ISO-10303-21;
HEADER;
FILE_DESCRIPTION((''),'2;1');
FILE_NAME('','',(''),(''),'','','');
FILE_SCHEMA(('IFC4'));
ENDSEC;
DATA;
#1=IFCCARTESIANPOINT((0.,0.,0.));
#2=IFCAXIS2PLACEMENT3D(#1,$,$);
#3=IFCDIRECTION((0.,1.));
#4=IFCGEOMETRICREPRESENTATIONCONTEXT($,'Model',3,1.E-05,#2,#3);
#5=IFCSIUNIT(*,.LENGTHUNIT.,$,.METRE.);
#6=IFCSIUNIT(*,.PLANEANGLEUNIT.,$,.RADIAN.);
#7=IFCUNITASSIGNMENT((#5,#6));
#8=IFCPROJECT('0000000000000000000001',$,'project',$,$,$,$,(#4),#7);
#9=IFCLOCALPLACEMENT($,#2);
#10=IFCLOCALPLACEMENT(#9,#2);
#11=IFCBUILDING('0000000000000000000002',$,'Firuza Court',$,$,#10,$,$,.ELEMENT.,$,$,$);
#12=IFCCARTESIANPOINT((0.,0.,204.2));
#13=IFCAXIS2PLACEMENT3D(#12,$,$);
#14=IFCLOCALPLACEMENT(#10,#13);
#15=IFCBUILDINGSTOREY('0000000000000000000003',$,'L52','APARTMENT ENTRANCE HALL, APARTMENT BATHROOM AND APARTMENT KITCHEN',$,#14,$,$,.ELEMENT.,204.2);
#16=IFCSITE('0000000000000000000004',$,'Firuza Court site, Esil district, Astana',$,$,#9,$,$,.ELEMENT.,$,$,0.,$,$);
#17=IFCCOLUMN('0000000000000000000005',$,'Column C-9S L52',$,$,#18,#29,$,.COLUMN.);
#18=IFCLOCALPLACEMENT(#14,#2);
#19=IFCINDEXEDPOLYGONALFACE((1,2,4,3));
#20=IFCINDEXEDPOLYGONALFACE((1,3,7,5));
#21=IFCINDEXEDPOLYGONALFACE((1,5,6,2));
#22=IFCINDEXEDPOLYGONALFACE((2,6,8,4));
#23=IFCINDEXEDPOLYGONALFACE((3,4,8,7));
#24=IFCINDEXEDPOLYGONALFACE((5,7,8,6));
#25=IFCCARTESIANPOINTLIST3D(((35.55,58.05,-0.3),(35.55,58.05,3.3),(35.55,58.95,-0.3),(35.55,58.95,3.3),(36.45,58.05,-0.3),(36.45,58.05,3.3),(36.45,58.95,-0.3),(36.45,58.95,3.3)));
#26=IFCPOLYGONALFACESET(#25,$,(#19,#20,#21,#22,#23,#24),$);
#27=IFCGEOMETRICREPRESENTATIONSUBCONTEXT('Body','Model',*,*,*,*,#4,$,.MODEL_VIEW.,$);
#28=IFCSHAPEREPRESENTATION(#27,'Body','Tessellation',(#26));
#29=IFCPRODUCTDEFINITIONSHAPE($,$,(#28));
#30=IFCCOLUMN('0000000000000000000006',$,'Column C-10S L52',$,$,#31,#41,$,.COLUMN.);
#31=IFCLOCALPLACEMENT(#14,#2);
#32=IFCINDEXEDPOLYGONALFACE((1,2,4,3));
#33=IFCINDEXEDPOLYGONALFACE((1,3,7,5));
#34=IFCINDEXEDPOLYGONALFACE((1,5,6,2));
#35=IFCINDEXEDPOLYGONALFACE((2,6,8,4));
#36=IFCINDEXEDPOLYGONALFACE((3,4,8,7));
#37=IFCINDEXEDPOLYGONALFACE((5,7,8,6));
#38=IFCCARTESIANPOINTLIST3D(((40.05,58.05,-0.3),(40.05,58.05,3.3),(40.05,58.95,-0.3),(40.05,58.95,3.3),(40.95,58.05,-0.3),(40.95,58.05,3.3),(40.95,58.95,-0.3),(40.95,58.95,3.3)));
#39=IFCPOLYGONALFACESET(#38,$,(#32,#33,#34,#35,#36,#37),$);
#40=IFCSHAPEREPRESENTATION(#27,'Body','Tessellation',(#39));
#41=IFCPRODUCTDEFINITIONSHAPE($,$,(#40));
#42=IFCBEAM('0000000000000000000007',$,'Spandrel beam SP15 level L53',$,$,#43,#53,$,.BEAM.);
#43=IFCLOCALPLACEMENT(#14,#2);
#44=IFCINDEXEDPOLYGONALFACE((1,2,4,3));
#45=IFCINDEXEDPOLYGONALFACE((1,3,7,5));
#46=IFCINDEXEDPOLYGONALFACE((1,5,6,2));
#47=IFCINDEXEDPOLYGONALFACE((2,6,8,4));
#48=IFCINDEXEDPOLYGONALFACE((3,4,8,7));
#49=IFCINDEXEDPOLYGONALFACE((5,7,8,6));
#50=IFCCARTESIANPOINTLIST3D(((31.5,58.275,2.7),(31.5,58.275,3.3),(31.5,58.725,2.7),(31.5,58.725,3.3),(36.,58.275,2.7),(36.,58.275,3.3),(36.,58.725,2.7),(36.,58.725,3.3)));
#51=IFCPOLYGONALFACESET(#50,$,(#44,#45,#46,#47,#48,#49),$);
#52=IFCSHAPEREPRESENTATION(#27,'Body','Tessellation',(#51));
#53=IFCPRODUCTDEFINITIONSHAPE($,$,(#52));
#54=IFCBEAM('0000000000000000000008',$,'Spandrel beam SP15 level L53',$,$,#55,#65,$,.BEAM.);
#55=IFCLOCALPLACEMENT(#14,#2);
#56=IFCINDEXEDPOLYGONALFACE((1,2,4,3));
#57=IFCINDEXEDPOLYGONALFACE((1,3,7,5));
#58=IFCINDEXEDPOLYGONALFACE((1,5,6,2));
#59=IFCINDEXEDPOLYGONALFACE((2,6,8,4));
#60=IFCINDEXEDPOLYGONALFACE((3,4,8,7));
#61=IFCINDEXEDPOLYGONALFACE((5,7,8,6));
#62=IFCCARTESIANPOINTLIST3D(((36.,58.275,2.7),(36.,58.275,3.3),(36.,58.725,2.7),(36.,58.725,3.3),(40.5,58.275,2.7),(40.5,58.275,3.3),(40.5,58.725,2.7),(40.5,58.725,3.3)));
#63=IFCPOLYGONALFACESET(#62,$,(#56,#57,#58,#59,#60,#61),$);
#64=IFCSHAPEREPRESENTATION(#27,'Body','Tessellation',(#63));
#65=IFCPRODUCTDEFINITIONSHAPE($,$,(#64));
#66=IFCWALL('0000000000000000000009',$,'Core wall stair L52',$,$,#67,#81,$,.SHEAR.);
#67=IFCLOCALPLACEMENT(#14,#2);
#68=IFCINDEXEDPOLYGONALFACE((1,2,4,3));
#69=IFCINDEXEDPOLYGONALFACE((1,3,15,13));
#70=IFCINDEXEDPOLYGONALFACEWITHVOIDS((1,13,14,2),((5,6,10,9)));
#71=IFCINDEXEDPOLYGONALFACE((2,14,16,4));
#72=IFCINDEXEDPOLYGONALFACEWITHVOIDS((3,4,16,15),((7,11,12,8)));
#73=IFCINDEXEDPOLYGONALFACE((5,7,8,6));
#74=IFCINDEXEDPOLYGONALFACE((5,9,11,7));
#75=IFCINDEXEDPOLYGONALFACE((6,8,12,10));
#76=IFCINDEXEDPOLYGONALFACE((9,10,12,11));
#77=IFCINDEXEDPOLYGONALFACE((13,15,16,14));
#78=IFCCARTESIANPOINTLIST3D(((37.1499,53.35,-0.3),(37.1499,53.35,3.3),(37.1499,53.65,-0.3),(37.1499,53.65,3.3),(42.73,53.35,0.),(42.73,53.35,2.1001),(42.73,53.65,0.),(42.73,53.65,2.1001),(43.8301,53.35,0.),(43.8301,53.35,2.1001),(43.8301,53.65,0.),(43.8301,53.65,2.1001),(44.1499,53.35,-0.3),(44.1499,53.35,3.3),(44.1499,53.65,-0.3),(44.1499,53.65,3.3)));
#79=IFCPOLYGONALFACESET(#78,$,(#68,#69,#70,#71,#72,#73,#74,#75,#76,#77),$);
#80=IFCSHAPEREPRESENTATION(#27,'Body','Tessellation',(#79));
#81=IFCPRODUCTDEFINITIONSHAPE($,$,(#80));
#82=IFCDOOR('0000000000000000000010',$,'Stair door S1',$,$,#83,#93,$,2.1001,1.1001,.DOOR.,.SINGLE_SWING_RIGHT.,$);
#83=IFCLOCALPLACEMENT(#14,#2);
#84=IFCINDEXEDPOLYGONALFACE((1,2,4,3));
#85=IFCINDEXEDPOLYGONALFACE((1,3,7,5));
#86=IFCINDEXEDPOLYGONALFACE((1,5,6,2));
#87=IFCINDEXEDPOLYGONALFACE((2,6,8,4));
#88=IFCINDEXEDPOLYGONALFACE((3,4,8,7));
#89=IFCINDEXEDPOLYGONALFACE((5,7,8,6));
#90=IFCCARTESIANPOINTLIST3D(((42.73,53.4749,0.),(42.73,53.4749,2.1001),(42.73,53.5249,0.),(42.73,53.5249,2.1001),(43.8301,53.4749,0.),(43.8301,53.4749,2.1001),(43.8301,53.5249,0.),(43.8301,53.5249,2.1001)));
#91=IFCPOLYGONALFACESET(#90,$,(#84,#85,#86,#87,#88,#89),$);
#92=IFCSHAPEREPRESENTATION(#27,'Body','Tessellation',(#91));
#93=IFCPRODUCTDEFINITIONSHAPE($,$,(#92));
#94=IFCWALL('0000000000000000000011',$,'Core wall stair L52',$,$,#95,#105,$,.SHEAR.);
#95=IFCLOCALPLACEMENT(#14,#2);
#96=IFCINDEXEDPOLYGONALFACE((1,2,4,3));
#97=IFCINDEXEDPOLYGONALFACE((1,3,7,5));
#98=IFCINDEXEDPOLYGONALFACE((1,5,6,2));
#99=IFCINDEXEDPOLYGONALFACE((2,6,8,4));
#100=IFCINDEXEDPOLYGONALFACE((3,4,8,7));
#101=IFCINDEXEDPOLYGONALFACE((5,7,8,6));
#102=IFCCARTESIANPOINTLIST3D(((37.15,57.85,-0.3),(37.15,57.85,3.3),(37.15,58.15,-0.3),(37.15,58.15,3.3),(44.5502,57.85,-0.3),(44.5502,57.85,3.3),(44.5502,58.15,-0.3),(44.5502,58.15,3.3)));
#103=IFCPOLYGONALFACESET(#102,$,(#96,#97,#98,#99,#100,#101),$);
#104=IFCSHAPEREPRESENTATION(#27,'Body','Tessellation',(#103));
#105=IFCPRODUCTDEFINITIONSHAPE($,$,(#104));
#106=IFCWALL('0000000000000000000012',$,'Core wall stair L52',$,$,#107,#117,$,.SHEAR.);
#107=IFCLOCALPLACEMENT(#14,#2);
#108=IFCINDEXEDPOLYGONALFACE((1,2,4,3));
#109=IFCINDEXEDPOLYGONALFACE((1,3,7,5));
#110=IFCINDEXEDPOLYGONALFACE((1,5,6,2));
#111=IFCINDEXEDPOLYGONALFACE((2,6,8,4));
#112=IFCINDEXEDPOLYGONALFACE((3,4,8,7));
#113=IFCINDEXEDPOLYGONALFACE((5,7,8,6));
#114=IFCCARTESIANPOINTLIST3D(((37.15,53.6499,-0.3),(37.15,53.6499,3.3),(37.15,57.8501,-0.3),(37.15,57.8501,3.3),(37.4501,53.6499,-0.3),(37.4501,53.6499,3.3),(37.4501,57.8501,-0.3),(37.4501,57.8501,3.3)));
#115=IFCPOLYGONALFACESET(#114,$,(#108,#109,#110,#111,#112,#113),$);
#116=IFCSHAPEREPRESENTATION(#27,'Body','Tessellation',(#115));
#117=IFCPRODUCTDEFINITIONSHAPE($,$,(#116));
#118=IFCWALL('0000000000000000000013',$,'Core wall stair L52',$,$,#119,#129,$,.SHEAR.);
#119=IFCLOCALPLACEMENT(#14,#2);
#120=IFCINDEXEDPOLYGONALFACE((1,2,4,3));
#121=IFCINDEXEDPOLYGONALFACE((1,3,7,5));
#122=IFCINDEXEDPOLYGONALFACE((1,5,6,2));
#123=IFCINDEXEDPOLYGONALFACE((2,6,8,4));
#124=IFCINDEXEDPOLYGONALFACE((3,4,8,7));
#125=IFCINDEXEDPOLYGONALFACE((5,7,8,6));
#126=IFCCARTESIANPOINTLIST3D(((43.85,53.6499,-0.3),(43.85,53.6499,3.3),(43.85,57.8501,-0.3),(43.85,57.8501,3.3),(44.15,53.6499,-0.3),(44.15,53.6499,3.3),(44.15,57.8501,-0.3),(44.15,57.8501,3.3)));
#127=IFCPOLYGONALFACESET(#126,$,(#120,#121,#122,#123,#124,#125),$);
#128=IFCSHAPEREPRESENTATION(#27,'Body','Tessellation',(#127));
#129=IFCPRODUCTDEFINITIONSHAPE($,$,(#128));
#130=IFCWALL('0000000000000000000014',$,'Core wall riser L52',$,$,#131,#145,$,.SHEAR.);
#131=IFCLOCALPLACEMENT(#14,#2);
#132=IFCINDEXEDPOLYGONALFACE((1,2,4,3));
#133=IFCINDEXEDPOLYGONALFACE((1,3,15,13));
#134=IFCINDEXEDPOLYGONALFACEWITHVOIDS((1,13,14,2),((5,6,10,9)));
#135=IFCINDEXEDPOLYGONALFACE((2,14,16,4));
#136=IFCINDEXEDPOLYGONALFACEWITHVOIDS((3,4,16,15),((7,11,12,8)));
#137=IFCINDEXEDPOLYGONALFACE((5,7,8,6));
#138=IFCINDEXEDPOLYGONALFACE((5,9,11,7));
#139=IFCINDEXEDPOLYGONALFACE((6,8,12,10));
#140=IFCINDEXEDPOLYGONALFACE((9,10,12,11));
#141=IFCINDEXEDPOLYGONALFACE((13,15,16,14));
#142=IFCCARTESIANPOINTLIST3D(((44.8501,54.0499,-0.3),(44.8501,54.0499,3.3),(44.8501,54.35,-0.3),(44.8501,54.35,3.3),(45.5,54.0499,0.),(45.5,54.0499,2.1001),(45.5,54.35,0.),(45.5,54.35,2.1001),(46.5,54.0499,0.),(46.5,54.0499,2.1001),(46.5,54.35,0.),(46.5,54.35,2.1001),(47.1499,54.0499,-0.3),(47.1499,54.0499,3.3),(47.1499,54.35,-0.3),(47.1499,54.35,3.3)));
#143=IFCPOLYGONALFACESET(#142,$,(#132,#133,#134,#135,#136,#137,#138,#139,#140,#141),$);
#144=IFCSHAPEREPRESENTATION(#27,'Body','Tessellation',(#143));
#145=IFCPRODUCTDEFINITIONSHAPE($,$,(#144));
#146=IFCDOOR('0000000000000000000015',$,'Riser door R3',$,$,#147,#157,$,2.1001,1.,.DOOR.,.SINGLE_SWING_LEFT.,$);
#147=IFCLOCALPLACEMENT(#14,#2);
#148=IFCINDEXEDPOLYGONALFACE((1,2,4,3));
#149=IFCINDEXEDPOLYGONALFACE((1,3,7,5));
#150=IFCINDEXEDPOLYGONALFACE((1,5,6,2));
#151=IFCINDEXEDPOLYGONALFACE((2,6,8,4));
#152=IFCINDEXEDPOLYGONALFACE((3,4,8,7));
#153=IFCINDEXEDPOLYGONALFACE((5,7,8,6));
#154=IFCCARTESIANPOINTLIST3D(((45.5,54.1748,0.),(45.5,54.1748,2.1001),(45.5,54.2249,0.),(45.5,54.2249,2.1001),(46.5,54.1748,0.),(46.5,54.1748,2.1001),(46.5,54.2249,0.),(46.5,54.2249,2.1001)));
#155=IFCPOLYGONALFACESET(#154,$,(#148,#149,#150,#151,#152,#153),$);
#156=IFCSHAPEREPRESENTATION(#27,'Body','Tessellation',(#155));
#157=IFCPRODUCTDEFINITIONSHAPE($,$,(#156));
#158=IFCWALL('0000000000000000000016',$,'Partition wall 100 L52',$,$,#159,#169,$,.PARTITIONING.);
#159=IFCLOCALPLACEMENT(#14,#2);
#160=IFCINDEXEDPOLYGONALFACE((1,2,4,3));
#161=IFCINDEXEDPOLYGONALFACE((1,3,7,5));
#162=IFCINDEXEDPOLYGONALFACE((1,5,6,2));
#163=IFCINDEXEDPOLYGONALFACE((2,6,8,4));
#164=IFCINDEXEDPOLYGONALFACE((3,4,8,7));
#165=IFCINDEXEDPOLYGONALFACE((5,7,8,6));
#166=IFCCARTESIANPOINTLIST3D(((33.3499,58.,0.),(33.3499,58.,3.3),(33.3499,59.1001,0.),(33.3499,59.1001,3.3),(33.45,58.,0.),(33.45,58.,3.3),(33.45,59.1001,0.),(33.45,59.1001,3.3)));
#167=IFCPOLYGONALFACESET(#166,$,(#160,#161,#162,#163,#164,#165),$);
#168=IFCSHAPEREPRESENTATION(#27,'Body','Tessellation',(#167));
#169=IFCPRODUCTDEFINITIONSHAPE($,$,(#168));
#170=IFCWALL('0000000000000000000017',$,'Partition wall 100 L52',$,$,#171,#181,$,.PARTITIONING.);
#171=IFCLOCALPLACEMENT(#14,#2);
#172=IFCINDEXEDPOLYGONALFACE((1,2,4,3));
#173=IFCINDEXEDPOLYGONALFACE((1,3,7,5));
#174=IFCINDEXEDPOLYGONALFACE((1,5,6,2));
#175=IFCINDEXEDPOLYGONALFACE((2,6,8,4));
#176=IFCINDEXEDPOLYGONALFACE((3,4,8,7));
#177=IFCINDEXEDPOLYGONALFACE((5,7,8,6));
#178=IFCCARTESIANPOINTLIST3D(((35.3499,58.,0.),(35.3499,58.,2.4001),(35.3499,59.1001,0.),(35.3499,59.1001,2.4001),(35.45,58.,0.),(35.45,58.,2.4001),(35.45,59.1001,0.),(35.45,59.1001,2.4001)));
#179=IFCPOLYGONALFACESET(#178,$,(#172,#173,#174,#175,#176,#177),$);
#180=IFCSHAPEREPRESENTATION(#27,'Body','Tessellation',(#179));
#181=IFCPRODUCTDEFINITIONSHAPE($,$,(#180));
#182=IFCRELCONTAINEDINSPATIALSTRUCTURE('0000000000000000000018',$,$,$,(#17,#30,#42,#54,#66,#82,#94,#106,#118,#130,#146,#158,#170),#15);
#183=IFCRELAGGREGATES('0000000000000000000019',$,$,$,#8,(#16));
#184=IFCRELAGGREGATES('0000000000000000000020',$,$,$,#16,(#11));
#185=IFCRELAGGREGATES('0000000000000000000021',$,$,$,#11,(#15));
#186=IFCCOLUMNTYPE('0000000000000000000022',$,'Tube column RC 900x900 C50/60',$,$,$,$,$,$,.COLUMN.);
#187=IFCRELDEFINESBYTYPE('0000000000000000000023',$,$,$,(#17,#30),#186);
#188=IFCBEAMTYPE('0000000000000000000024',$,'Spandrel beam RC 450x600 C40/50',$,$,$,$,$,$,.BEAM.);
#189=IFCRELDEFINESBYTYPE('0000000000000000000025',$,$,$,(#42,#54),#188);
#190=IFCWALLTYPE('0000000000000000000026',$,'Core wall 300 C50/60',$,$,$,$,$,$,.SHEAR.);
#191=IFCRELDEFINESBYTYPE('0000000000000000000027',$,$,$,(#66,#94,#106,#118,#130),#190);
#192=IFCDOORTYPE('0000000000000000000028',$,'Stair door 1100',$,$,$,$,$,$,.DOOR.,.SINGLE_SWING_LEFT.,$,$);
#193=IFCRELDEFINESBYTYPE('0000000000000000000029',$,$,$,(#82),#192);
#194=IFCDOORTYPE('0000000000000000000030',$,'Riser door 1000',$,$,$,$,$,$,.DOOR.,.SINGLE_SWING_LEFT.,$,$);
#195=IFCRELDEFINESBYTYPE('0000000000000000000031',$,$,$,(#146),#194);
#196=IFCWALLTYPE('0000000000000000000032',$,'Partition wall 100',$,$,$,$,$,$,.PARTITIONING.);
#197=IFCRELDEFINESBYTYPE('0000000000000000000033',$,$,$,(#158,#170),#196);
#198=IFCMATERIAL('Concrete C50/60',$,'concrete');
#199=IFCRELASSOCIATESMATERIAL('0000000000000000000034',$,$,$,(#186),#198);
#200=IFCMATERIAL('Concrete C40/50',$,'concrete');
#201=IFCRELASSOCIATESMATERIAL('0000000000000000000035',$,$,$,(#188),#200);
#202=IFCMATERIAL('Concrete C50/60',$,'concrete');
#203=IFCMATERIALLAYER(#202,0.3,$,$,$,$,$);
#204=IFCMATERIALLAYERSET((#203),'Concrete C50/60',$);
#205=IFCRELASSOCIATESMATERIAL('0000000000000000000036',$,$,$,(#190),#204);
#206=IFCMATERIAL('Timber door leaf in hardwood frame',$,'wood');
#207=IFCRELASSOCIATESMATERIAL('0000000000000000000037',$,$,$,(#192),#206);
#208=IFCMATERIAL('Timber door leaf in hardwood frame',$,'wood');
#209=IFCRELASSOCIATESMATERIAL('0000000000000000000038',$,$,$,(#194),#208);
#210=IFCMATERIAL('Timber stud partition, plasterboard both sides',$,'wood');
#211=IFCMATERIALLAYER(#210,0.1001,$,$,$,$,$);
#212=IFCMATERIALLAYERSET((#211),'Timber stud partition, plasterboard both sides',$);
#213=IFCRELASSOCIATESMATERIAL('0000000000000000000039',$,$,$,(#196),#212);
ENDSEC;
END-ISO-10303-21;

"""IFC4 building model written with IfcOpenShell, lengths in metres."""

from ifc_helpers import new_model, si_unit, direction, frame, frame_2d, origin, origin_2d, place, context, subcontext, project, spatial, rectangle, extrude, material, layer, layer_set, material_profile, profile_set, type_object, element, fill, save


model = new_model("IFC4")

# Units and contexts
model_context = context("Model", 3, precision=1e-05, world=origin(), true_north=direction((0.0, 1.0)))
body_context = subcontext(model_context, "Body", "Model", "MODEL_VIEW")
ifc_project = project(units=[si_unit("LENGTHUNIT", "METRE"), si_unit("PLANEANGLEUNIT", "RADIAN")], contexts=[model_context])

# Site, building, storey
site_placement = place(None, origin())
site = spatial("IfcSite", under=ifc_project, at=site_placement, Name="Firuza Court site, Esil district, Astana", CompositionType="ELEMENT", RefElevation=0.0)
building_placement = place(site_placement, origin())
building = spatial("IfcBuilding", under=site, at=building_placement, Name="Firuza Court", CompositionType="ELEMENT")
storey_placement = place(building_placement, frame((0.0, 0.0, 204.2)))
storey = spatial("IfcBuildingStorey", under=building, at=storey_placement, Name="L52", Description="APARTMENT ENTRANCE HALL, APARTMENT BATHROOM AND APARTMENT KITCHEN", CompositionType="ELEMENT", Elevation=204.2)

# Columns
ifc_material_1 = material(Name="Concrete C50/60", Category="concrete")
ifc_material_profile_1 = material_profile(ifc_material_1, rectangle(XDim=0.8999, YDim=0.8999, at=origin_2d()), Name="RC 900x900")
ifc_profile_set_1 = profile_set([ifc_material_profile_1], Name="Concrete C50/60")
column_type = type_object("IfcColumnType", Name="Tube column RC 900x900 C50/60", PredefinedType="COLUMN", material=ifc_profile_set_1)
for number, where, z_axis, x_axis, name in (
    (1, (36.0, 58.5, -0.3), (0.0, 0.0, 1.0), (1.0, 0.0, 0.0), "Column C-9S L52"),
    (2, (40.5, 58.5, -0.3), (0.0, 0.0, 1.0), (1.0, 0.0, 0.0), "Column C-10S L52"),
):
    element("IfcColumn", number, at=place(storey_placement, frame(where, z_axis=z_axis, x_axis=x_axis)), inside=storey, type_object=column_type, Name=name, PredefinedType="COLUMN", context=body_context, shape_type="SweptSolid", body=[
        extrude(rectangle(XDim=0.8999, YDim=0.8999, at=origin_2d()), origin(), (0.0, 0.0, 1.0), 3.6001),
    ])

# Beams
ifc_material_2 = material(Name="Concrete C40/50", Category="concrete")
ifc_material_profile_2 = material_profile(ifc_material_2, rectangle(XDim=0.45, YDim=0.6001, at=origin_2d()), Name="RC 450x600")
ifc_profile_set_2 = profile_set([ifc_material_profile_2], Name="Concrete C40/50")
beam_type = type_object("IfcBeamType", Name="Spandrel beam RC 450x600 C40/50", PredefinedType="BEAM", material=ifc_profile_set_2)
for number, where, z_axis, x_axis, name in (
    (3, (36.0, 58.5, 3.0), (-1.0, 0.0, 0.0), (0.0, -1.0, 0.0), "Spandrel beam SP15 level L53"),
    (4, (40.5, 58.5, 3.0), (-1.0, 0.0, 0.0), (0.0, -1.0, 0.0), "Spandrel beam SP15 level L53"),
):
    element("IfcBeam", number, at=place(storey_placement, frame(where, z_axis=z_axis, x_axis=x_axis)), inside=storey, type_object=beam_type, Name=name, PredefinedType="BEAM", context=body_context, shape_type="SweptSolid", body=[
        extrude(rectangle(XDim=0.45, YDim=0.6001, at=origin_2d()), origin(), (0.0, 0.0, 1.0), 4.5),
    ])

# Wall, opening, door
ifc_material_3 = material(Name="Concrete C50/60", Category="concrete")
ifc_layer_1 = layer(ifc_material_3, 0.3)
ifc_layer_set_1 = layer_set([ifc_layer_1], Name="Concrete C50/60")
wall_type_1 = type_object("IfcWallType", Name="Core wall 300 C50/60", PredefinedType="SHEAR", material=ifc_layer_set_1)
wall_1_placement = place(storey_placement, frame((37.1499, 53.5, -0.3), z_axis=(0.0, 0.0, 1.0), x_axis=(1.0, 0.0, 0.0)))
wall_1 = element("IfcWall", 5, at=wall_1_placement, inside=storey, type_object=wall_type_1, Name="Core wall stair L52", PredefinedType="SHEAR", context=body_context, shape_type="SweptSolid", body=[
    extrude(rectangle(XDim=7.0, YDim=0.3, at=frame_2d((3.5, 0.0))), origin(), (0.0, 0.0, 1.0), 3.6001),
])
opening_1_placement = place(wall_1_placement, frame((5.5801, 0.0, 0.3)))
opening_1 = element("IfcOpeningElement", 6, at=opening_1_placement, cuts=wall_1, PredefinedType="OPENING", context=body_context, shape_type="SweptSolid", body=[
    extrude(rectangle(XDim=1.1001, YDim=2.1001, at=frame_2d((0.55, 1.05))), frame((0.0, 0.1621, 0.0), z_axis=(0.0, -1.0, 0.0), x_axis=(1.0, 0.0, 0.0)), (0.0, 0.0, 1.0), 0.324),
])
ifc_material_4 = material(Name="Timber door leaf in hardwood frame", Category="wood")
door_type_1 = type_object("IfcDoorType", Name="Stair door 1100", OperationType="SINGLE_SWING_LEFT", PredefinedType="DOOR", material=ifc_material_4)
door_1_placement = place(opening_1_placement, origin())
door_1 = element("IfcDoor", 7, at=door_1_placement, inside=storey, type_object=door_type_1, Name="Stair door S1", OperationType="SINGLE_SWING_RIGHT", OverallHeight=2.1001, OverallWidth=1.1001, PredefinedType="DOOR", context=body_context, shape_type="SweptSolid", body=[
    extrude(rectangle(XDim=1.1001, YDim=2.1001, at=frame_2d((0.55, 1.05))), frame((0.0, 0.0249, 0.0), z_axis=(0.0, -1.0, 0.0), x_axis=(1.0, 0.0, 0.0)), (0.0, 0.0, 1.0), 0.05),
])
fill(opening_1, door_1)

# Walls
wall_2_placement = place(storey_placement, frame((37.1499, 58.0, -0.3), z_axis=(0.0, 0.0, 1.0), x_axis=(1.0, 0.0, 0.0)))
element("IfcWall", 8, at=wall_2_placement, inside=storey, type_object=wall_type_1, Name="Core wall stair L52", PredefinedType="SHEAR", context=body_context, shape_type="SweptSolid", body=[
    extrude(rectangle(XDim=7.4001, YDim=0.3, at=frame_2d((3.7002, 0.0))), origin(), (0.0, 0.0, 1.0), 3.6001),
])
for number, where, z_axis, x_axis, name in (
    (9, (37.3, 53.6499, -0.3), (0.0, 0.0, 1.0), (0.0, 1.0, 0.0), "Core wall stair L52"),
    (10, (44.0, 53.6499, -0.3), (0.0, 0.0, 1.0), (0.0, 1.0, 0.0), "Core wall stair L52"),
):
    element("IfcWall", number, at=place(storey_placement, frame(where, z_axis=z_axis, x_axis=x_axis)), inside=storey, type_object=wall_type_1, Name=name, PredefinedType="SHEAR", context=body_context, shape_type="SweptSolid", body=[
        extrude(rectangle(XDim=4.2002, YDim=0.3, at=frame_2d((2.1001, 0.0))), origin(), (0.0, 0.0, 1.0), 3.6001),
    ])

# Wall, opening, door
wall_3_placement = place(storey_placement, frame((44.8501, 54.2, -0.3), z_axis=(0.0, 0.0, 1.0), x_axis=(1.0, 0.0, 0.0)))
wall_3 = element("IfcWall", 11, at=wall_3_placement, inside=storey, type_object=wall_type_1, Name="Core wall riser L52", PredefinedType="SHEAR", context=body_context, shape_type="SweptSolid", body=[
    extrude(rectangle(XDim=2.2998, YDim=0.3, at=frame_2d((1.1499, 0.0))), origin(), (0.0, 0.0, 1.0), 3.6001),
])
opening_2_placement = place(wall_3_placement, frame((0.6499, 0.0, 0.3)))
opening_2 = element("IfcOpeningElement", 12, at=opening_2_placement, cuts=wall_3, PredefinedType="OPENING", context=body_context, shape_type="SweptSolid", body=[
    extrude(rectangle(XDim=1.0, YDim=2.1001, at=frame_2d((0.5, 1.05))), frame((0.0, 0.1621, 0.0), z_axis=(0.0, -1.0, 0.0), x_axis=(1.0, 0.0, 0.0)), (0.0, 0.0, 1.0), 0.324),
])
ifc_material_5 = material(Name="Timber door leaf in hardwood frame", Category="wood")
door_type_2 = type_object("IfcDoorType", Name="Riser door 1000", OperationType="SINGLE_SWING_LEFT", PredefinedType="DOOR", material=ifc_material_5)
door_2_placement = place(opening_2_placement, origin())
door_2 = element("IfcDoor", 13, at=door_2_placement, inside=storey, type_object=door_type_2, Name="Riser door R3", OperationType="SINGLE_SWING_LEFT", OverallHeight=2.1001, OverallWidth=1.0, PredefinedType="DOOR", context=body_context, shape_type="SweptSolid", body=[
    extrude(rectangle(XDim=1.0, YDim=2.1001, at=frame_2d((0.5, 1.05))), frame((0.0, 0.0249, 0.0), z_axis=(0.0, -1.0, 0.0), x_axis=(1.0, 0.0, 0.0)), (0.0, 0.0, 1.0), 0.05),
])
fill(opening_2, door_2)

# Walls
ifc_material_6 = material(Name="Timber stud partition, plasterboard both sides", Category="wood")
ifc_layer_2 = layer(ifc_material_6, 0.1001)
ifc_layer_set_2 = layer_set([ifc_layer_2], Name="Timber stud partition, plasterboard both sides")
wall_type_2 = type_object("IfcWallType", Name="Partition wall 100", PredefinedType="PARTITIONING", material=ifc_layer_set_2)
wall_4_placement = place(storey_placement, frame((33.3999, 58.0, 0.0), z_axis=(0.0, 0.0, 1.0), x_axis=(0.0, 1.0, 0.0)))
element("IfcWall", 14, at=wall_4_placement, inside=storey, type_object=wall_type_2, Name="Partition wall 100 L52", PredefinedType="PARTITIONING", context=body_context, shape_type="SweptSolid", body=[
    extrude(rectangle(XDim=1.1001, YDim=0.1001, at=frame_2d((0.55, 0.0))), origin(), (0.0, 0.0, 1.0), 3.3),
])
wall_5_placement = place(storey_placement, frame((35.3999, 58.0, 0.0), z_axis=(0.0, 0.0, 1.0), x_axis=(0.0, 1.0, 0.0)))
element("IfcWall", 15, at=wall_5_placement, inside=storey, type_object=wall_type_2, Name="Partition wall 100 L52", PredefinedType="PARTITIONING", context=body_context, shape_type="SweptSolid", body=[
    extrude(rectangle(XDim=1.1001, YDim=0.1001, at=frame_2d((0.55, 0.0))), origin(), (0.0, 0.0, 1.0), 2.4001),
])

save(model, "model.ifc")
